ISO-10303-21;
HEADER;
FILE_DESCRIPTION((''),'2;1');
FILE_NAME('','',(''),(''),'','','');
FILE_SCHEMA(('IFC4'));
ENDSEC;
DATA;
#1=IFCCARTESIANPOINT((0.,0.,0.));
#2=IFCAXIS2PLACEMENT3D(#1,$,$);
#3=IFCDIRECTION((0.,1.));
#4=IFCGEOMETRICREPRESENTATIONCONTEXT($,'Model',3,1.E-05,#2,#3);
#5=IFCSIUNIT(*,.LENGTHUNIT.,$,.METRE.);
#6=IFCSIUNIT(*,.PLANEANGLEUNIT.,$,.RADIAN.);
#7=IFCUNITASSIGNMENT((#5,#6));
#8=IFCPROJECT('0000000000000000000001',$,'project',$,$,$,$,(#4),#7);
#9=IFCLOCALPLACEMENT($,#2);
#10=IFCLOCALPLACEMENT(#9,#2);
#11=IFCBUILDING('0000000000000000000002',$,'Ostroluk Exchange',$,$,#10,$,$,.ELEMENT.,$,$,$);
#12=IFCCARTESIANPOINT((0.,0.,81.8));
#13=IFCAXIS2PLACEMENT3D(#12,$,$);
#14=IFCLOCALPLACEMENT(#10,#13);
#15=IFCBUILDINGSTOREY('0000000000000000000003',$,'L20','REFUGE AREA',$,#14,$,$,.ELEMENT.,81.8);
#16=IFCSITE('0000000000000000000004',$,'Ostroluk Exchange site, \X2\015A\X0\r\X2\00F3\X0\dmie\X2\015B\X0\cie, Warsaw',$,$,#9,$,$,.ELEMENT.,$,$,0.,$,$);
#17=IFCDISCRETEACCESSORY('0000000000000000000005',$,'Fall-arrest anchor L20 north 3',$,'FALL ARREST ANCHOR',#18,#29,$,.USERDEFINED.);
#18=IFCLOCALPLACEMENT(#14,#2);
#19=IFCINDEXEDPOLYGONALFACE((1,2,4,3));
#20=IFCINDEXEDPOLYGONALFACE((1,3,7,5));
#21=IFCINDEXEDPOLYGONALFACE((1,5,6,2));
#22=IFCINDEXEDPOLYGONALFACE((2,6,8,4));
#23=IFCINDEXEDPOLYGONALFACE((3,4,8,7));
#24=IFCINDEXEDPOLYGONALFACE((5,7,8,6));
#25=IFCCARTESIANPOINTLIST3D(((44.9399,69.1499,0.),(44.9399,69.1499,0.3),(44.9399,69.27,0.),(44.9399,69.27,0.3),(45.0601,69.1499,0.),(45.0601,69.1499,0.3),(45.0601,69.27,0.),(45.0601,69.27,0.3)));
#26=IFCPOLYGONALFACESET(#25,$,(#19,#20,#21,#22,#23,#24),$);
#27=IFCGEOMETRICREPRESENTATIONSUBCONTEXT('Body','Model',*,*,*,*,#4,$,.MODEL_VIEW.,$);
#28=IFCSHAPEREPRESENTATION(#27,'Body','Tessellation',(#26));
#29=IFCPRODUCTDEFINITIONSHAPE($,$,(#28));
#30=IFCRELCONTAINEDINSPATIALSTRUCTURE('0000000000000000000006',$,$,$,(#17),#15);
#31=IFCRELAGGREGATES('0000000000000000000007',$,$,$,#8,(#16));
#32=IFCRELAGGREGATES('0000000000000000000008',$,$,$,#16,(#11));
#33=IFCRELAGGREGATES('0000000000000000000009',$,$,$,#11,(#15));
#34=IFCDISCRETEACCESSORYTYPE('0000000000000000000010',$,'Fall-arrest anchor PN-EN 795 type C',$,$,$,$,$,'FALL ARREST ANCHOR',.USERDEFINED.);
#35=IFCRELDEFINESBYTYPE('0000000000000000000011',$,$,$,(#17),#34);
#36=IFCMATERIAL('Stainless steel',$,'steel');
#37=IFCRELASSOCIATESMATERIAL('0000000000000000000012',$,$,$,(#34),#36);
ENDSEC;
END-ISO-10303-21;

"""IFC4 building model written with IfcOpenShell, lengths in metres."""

from ifc_helpers import new_model, si_unit, direction, frame, origin, origin_2d, place, context, subcontext, project, spatial, rectangle, extrude, material, type_object, element, save


model = new_model("IFC4")

# Units and contexts
model_context = context("Model", 3, precision=1e-05, world=origin(), true_north=direction((0.0, 1.0)))
body_context = subcontext(model_context, "Body", "Model", "MODEL_VIEW")
ifc_project = project(units=[si_unit("LENGTHUNIT", "METRE"), si_unit("PLANEANGLEUNIT", "RADIAN")], contexts=[model_context])

# Site, building, storey
site_placement = place(None, origin())
site = spatial("IfcSite", under=ifc_project, at=site_placement, Name="Ostroluk Exchange site, Śródmieście, Warsaw", CompositionType="ELEMENT", RefElevation=0.0)
building_placement = place(site_placement, origin())
building = spatial("IfcBuilding", under=site, at=building_placement, Name="Ostroluk Exchange", CompositionType="ELEMENT")
storey_placement = place(building_placement, frame((0.0, 0.0, 81.8)))
storey = spatial("IfcBuildingStorey", under=building, at=storey_placement, Name="L20", Description="REFUGE AREA", CompositionType="ELEMENT", Elevation=81.8)

# Discrete accessory
ifc_material_1 = material(Name="Stainless steel", Category="steel")
discrete_accessory_type = type_object("IfcDiscreteAccessoryType", Name="Fall-arrest anchor PN-EN 795 type C", ElementType="FALL ARREST ANCHOR", PredefinedType="USERDEFINED", material=ifc_material_1)
discrete_accessory_placement = place(storey_placement, frame((45.0, 69.21, 0.0), z_axis=(0.0, 0.0, 1.0), x_axis=(1.0, 0.0, 0.0)))
element("IfcDiscreteAccessory", 1, at=discrete_accessory_placement, inside=storey, type_object=discrete_accessory_type, Name="Fall-arrest anchor L20 north 3", ObjectType="FALL ARREST ANCHOR", PredefinedType="USERDEFINED", context=body_context, shape_type="SweptSolid", body=[
    extrude(rectangle(XDim=0.1201, YDim=0.1201, at=origin_2d()), origin(), (0.0, 0.0, 1.0), 0.3),
])

save(model, "model.ifc")
